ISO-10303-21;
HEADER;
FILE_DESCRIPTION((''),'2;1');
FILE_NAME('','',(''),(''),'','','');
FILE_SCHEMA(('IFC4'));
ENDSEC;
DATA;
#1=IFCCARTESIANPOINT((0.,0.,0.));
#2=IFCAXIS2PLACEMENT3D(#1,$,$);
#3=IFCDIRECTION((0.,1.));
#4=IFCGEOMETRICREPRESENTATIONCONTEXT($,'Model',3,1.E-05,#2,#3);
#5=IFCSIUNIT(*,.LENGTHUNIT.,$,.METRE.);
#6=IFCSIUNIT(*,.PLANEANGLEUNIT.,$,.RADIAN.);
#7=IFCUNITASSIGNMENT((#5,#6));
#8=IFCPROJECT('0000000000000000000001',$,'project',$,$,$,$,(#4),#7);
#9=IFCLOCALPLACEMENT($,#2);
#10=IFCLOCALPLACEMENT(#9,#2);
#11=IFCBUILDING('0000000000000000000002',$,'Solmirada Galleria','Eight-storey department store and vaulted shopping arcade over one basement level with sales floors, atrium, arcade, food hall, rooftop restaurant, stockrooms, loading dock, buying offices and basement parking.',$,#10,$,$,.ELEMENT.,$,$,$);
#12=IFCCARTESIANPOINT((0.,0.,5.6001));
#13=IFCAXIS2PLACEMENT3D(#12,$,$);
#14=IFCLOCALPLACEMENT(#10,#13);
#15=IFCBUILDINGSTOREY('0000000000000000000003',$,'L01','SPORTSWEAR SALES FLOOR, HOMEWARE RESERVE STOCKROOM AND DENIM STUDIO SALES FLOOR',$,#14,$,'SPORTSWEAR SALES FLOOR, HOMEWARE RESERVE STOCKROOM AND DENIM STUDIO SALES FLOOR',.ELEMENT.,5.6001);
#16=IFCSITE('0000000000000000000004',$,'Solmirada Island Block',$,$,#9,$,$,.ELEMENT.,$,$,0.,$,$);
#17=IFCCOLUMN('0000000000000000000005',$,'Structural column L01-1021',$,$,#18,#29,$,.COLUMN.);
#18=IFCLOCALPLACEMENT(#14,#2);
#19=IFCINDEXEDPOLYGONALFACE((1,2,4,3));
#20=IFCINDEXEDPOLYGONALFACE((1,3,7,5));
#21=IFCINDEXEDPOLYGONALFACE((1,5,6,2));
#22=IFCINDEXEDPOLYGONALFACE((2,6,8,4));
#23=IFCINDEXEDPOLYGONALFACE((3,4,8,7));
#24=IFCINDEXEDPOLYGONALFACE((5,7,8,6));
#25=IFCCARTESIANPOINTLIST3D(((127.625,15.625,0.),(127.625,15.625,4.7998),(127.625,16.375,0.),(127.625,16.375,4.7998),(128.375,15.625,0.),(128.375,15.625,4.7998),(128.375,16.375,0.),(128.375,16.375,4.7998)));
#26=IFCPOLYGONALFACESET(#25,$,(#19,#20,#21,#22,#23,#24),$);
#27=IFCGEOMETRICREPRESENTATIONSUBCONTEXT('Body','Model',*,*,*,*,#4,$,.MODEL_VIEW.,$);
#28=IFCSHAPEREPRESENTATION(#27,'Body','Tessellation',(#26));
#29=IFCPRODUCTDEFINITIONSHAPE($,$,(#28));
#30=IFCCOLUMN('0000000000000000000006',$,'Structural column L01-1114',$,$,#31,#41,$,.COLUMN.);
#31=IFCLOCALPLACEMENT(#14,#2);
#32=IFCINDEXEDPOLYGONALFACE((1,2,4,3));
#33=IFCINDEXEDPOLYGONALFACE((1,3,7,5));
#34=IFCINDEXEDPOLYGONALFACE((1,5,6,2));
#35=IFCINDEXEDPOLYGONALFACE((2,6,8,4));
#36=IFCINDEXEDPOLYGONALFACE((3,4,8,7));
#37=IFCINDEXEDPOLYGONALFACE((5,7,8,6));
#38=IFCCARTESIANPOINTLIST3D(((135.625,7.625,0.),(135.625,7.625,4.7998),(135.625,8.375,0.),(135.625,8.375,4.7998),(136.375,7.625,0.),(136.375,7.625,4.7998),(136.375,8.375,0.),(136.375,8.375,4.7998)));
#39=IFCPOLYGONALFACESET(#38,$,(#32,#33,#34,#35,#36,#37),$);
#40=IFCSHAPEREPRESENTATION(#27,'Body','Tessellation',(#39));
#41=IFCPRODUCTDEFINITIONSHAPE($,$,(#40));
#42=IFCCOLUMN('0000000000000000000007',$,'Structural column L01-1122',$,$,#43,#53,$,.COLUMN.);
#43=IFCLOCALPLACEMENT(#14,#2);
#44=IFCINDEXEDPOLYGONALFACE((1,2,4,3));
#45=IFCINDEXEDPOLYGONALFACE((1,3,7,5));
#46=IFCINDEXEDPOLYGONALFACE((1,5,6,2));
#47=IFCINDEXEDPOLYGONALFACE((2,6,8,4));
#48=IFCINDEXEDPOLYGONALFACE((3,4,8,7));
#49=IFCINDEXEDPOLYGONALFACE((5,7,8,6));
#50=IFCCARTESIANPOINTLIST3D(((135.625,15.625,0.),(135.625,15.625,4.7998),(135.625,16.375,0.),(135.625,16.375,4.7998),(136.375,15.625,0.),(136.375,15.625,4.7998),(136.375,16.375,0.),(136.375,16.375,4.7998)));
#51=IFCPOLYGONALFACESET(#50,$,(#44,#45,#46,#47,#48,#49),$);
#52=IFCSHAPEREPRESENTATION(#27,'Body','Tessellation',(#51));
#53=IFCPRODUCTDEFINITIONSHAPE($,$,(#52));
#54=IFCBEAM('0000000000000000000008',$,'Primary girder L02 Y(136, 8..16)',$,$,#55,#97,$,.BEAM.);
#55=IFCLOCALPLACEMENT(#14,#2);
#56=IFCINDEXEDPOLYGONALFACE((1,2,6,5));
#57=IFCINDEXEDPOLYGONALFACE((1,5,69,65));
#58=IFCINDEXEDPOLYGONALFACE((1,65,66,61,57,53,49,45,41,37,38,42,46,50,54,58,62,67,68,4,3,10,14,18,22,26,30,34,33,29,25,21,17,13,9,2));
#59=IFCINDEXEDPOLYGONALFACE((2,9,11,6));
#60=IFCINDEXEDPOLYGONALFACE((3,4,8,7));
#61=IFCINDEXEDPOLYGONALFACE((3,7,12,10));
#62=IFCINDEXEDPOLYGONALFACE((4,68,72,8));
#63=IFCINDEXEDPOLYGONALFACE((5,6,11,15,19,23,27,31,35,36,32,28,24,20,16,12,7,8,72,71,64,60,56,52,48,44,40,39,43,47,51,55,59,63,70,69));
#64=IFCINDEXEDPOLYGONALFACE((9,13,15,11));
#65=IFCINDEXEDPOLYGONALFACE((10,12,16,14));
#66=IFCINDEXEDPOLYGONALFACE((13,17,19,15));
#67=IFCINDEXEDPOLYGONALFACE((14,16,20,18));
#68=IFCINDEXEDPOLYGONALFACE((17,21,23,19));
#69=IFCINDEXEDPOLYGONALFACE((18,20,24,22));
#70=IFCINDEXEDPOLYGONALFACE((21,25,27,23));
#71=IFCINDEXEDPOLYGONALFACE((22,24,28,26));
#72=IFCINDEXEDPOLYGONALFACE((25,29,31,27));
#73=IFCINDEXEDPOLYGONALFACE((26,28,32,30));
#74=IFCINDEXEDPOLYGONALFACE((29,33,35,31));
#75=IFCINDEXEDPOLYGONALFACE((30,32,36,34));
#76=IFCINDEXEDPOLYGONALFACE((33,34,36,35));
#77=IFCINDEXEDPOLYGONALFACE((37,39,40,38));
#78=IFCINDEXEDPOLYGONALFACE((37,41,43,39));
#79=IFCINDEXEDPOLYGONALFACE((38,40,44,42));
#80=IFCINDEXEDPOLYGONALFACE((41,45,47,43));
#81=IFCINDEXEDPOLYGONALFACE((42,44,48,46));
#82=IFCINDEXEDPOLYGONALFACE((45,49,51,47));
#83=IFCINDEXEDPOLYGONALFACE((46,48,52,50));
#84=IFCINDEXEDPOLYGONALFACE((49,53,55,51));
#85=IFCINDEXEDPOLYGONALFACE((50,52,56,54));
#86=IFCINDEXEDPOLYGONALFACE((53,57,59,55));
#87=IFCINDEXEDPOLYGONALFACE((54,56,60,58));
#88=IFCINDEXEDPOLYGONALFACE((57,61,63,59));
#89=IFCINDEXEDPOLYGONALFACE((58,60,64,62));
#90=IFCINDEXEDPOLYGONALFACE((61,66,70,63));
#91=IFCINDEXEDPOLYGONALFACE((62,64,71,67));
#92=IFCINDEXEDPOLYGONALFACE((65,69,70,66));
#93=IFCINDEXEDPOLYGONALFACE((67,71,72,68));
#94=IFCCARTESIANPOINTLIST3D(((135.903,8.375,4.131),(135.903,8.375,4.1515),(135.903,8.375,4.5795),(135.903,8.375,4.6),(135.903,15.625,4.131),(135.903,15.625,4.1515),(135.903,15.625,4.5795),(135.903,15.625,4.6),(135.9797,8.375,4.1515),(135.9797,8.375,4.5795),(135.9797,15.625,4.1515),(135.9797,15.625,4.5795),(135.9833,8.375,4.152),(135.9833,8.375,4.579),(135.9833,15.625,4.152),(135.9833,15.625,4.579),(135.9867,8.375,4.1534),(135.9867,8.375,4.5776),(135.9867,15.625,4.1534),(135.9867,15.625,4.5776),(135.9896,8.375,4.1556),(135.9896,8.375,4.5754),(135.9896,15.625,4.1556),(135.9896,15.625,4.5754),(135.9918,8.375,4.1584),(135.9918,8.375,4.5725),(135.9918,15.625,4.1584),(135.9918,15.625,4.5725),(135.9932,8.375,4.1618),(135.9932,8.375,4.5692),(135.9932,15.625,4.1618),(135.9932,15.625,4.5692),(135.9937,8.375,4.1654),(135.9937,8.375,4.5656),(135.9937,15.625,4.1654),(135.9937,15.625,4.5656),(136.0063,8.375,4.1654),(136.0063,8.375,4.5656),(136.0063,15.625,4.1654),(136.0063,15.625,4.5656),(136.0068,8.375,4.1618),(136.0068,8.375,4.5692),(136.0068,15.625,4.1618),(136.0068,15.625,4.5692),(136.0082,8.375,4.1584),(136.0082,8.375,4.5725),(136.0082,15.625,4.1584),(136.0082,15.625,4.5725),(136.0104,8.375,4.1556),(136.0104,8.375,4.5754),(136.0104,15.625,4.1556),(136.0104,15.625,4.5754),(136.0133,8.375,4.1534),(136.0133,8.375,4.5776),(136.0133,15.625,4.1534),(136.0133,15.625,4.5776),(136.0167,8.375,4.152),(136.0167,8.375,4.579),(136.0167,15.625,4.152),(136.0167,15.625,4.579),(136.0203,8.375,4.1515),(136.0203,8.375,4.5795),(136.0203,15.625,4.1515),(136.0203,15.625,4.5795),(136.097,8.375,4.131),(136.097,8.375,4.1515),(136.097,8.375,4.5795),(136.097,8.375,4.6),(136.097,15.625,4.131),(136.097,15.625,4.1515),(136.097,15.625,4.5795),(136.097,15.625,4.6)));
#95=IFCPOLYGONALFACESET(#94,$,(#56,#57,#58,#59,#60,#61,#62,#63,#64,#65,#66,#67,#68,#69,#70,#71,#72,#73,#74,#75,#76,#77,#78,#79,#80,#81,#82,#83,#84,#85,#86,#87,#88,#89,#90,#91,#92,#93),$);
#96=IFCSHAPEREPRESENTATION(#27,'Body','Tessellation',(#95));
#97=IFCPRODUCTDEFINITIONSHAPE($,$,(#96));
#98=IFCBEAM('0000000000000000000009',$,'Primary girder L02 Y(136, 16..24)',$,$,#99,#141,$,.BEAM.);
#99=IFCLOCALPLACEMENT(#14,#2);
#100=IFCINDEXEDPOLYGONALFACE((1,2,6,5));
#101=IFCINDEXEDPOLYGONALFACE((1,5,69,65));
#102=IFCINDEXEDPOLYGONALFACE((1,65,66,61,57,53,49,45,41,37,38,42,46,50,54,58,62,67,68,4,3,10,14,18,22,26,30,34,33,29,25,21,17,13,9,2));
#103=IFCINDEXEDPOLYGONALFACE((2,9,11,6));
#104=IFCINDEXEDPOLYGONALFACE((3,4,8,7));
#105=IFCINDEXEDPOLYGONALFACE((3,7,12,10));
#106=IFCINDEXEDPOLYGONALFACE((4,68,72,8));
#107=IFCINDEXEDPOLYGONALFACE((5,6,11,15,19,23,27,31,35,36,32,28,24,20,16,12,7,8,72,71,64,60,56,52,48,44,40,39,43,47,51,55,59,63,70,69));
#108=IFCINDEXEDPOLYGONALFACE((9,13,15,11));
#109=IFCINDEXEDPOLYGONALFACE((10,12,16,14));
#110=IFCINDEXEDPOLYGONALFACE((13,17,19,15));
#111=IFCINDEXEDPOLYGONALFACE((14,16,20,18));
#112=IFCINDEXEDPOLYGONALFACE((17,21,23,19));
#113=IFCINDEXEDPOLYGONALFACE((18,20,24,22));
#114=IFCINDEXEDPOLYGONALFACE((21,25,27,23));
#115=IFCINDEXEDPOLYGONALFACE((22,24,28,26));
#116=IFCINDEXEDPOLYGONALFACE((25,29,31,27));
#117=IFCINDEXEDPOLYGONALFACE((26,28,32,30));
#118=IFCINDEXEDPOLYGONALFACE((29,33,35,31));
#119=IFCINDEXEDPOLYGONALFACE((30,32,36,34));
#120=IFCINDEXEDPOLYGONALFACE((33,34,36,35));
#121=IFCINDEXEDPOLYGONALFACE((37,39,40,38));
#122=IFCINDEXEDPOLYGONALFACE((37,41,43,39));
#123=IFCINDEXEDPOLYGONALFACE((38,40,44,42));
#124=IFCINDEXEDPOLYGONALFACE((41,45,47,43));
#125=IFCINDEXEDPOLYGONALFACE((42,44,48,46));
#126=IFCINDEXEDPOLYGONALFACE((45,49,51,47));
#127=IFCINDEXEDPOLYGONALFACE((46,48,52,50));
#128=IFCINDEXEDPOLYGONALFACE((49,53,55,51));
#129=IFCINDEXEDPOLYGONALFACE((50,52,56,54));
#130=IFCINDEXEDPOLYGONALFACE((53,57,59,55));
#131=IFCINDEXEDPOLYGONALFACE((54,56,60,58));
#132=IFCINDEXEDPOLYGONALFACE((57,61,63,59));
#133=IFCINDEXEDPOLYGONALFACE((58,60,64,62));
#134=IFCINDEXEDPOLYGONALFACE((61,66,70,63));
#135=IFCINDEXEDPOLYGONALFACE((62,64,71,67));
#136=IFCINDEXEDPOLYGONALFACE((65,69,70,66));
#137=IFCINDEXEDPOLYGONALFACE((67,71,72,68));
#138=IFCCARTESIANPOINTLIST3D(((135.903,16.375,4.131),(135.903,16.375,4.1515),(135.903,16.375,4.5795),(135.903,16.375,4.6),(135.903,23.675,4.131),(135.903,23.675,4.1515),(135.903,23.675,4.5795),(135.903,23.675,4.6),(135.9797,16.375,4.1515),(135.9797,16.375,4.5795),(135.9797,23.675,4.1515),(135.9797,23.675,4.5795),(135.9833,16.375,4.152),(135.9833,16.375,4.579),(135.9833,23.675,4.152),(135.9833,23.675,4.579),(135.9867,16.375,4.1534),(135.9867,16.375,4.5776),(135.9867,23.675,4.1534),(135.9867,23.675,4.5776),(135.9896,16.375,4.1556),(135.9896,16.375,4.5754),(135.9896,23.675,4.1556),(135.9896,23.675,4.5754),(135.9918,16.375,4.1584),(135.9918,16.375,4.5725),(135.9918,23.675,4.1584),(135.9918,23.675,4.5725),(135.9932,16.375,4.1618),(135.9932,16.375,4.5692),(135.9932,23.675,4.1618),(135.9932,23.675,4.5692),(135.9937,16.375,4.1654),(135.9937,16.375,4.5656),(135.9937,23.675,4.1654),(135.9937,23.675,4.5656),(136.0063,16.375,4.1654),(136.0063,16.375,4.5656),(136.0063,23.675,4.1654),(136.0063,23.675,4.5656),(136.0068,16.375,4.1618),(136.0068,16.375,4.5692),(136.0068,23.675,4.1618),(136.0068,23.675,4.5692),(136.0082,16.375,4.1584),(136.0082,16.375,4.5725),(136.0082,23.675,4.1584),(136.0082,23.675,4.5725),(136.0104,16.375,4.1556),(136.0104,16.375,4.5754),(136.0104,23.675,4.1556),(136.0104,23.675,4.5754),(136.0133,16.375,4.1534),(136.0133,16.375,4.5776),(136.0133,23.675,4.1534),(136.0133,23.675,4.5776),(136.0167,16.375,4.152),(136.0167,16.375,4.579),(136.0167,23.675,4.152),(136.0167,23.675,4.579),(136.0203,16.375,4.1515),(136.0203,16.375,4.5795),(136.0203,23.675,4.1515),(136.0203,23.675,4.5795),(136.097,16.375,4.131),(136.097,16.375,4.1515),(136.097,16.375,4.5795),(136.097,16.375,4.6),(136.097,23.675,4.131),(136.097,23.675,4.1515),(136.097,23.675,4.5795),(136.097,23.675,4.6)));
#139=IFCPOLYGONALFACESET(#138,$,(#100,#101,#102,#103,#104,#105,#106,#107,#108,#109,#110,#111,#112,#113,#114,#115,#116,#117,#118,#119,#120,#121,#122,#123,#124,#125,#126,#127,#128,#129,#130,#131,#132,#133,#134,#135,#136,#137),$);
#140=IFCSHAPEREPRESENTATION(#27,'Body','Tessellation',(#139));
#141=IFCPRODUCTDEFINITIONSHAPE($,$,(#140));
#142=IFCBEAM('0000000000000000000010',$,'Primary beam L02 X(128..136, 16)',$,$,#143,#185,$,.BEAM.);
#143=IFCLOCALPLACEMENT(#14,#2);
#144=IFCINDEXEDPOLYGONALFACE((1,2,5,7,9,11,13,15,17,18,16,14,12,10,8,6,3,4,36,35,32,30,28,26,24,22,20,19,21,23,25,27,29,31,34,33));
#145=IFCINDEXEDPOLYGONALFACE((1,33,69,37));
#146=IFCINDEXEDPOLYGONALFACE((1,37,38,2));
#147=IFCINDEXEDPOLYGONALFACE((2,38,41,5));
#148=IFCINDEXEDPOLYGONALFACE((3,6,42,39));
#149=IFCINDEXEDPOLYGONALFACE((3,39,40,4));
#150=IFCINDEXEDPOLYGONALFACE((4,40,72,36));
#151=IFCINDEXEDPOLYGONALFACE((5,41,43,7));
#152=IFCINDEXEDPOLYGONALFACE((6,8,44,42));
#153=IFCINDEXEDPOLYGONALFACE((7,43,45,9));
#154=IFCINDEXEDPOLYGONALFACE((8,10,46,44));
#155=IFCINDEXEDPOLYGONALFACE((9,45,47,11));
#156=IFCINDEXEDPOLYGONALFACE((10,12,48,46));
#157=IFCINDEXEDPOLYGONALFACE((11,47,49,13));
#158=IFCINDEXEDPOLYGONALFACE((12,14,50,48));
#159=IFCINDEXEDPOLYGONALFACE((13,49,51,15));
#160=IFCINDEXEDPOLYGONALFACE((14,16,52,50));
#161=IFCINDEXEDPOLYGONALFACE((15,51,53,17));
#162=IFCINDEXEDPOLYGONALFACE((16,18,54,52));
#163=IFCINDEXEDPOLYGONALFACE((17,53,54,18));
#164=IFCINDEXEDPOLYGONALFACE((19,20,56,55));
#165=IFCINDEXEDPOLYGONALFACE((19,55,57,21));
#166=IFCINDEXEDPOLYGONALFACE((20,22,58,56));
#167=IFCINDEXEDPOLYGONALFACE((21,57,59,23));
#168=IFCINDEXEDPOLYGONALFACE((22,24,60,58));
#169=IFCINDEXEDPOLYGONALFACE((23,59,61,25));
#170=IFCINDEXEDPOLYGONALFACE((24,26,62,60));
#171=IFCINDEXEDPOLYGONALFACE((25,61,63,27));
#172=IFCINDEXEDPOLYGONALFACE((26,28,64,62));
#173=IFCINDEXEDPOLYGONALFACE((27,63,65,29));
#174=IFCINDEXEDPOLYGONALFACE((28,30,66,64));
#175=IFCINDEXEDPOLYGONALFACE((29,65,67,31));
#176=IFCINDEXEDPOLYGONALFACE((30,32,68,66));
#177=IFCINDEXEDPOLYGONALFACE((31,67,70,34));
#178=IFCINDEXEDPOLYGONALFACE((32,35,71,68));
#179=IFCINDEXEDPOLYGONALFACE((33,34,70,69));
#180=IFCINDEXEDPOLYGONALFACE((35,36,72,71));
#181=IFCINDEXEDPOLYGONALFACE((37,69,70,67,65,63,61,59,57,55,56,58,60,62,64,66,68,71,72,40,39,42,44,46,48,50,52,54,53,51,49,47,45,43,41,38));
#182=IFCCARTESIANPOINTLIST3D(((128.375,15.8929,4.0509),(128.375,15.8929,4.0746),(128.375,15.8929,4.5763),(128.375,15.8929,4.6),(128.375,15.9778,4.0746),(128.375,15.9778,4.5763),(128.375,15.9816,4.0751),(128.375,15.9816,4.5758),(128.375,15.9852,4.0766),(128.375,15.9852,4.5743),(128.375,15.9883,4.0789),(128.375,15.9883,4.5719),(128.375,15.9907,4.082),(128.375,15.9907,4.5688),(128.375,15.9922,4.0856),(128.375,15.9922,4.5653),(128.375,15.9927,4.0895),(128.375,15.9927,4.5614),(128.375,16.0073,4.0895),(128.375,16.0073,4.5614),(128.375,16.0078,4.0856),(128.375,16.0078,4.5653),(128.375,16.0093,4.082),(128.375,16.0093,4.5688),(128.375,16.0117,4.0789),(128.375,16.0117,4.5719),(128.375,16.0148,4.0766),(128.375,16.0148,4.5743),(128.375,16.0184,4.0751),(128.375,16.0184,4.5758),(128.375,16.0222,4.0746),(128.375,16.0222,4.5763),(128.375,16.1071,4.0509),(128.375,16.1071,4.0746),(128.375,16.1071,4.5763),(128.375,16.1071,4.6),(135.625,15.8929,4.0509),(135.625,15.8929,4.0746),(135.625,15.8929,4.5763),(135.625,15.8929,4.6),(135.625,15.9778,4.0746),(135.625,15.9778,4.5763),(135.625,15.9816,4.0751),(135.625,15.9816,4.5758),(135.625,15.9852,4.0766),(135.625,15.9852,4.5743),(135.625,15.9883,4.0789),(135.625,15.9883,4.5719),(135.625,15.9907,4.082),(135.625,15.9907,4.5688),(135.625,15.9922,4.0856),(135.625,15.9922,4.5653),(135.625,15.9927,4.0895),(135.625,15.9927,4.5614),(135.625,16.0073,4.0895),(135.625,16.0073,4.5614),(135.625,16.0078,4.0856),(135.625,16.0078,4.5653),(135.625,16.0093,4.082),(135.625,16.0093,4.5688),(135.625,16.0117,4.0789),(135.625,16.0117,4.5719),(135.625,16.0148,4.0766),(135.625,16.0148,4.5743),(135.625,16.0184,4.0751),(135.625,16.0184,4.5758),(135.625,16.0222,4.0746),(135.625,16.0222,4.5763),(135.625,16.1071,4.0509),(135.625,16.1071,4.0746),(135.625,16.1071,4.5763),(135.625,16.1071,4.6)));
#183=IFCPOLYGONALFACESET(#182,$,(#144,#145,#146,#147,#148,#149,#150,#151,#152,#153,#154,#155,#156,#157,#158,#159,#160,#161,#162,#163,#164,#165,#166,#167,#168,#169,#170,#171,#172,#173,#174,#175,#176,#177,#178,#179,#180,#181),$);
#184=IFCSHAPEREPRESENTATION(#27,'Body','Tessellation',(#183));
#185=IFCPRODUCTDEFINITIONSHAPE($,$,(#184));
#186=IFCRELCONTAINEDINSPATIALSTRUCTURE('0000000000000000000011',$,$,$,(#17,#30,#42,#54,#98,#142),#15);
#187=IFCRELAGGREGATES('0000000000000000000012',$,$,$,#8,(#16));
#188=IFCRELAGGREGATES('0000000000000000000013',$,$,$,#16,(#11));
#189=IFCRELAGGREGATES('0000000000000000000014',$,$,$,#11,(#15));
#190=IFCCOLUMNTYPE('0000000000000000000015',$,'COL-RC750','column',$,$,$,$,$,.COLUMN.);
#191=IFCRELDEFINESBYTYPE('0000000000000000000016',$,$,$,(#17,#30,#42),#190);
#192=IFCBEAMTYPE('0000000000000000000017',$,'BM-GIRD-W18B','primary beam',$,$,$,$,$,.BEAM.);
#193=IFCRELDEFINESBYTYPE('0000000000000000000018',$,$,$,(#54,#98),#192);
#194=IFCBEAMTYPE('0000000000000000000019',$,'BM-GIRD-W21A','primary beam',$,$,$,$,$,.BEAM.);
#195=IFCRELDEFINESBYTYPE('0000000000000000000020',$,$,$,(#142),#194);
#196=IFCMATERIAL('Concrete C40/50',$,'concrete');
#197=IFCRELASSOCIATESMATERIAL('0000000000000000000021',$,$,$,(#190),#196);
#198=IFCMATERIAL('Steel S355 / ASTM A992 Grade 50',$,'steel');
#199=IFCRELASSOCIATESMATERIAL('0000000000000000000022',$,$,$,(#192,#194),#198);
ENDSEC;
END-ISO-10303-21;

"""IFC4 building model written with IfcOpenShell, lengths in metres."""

from ifc_helpers import new_model, si_unit, direction, frame, origin, origin_2d, place, context, subcontext, project, spatial, rectangle, i_section, extrude, material, material_profile, profile_set, type_object, element, save


model = new_model("IFC4")

# Units and contexts
model_context = context("Model", 3, precision=1e-05, world=origin(), true_north=direction((0.0, 1.0)))
body_context = subcontext(model_context, "Body", "Model", "MODEL_VIEW")
ifc_project = project(units=[si_unit("LENGTHUNIT", "METRE"), si_unit("PLANEANGLEUNIT", "RADIAN")], contexts=[model_context])

# Site, building, storey
site_placement = place(None, origin())
site = spatial("IfcSite", under=ifc_project, at=site_placement, Name="Solmirada Island Block", CompositionType="ELEMENT", RefElevation=0.0)
building_placement = place(site_placement, origin())
building = spatial("IfcBuilding", under=site, at=building_placement, Name="Solmirada Galleria", Description="Eight-storey department store and vaulted shopping arcade over one basement level with sales floors, atrium, arcade, food hall, rooftop restaurant, stockrooms, loading dock, buying offices and basement parking.", CompositionType="ELEMENT")
storey_placement = place(building_placement, frame((0.0, 0.0, 5.6001)))
storey = spatial("IfcBuildingStorey", under=building, at=storey_placement, Name="L01", Description="SPORTSWEAR SALES FLOOR, HOMEWARE RESERVE STOCKROOM AND DENIM STUDIO SALES FLOOR", LongName="SPORTSWEAR SALES FLOOR, HOMEWARE RESERVE STOCKROOM AND DENIM STUDIO SALES FLOOR", CompositionType="ELEMENT", Elevation=5.6001)

# Columns
ifc_material_1 = material(Name="Concrete C40/50", Category="concrete")
ifc_material_profile_1 = material_profile(ifc_material_1, rectangle(XDim=0.75, YDim=0.75, at=origin_2d()), Name="RC750X750")
ifc_profile_set_1 = profile_set([ifc_material_profile_1], Name="Concrete C40/50")
column_type = type_object("IfcColumnType", Name="COL-RC750", Description="column", PredefinedType="COLUMN", material=ifc_profile_set_1)
for number, where, z_axis, x_axis, name in (
    (1, (128.0, 16.0, 0.0), (0.0, 0.0, 1.0), (1.0, 0.0, 0.0), "Structural column L01-1021"),
    (2, (136.0, 8.0, 0.0), (0.0, 0.0, 1.0), (1.0, 0.0, 0.0), "Structural column L01-1114"),
    (3, (136.0, 16.0, 0.0), (0.0, 0.0, 1.0), (1.0, 0.0, 0.0), "Structural column L01-1122"),
):
    element("IfcColumn", number, at=place(storey_placement, frame(where, z_axis=z_axis, x_axis=x_axis)), inside=storey, type_object=column_type, Name=name, PredefinedType="COLUMN", context=body_context, shape_type="SweptSolid", body=[
        extrude(rectangle(XDim=0.75, YDim=0.75, at=origin_2d()), origin(), (0.0, 0.0, 1.0), 4.7998),
    ])

# Beams
ifc_material_2 = material(Name="Steel S355 / ASTM A992 Grade 50", Category="steel")
ifc_material_profile_2 = material_profile(ifc_material_2, i_section(OverallWidth=0.1941, OverallDepth=0.469, WebThickness=0.0127, FlangeThickness=0.0205, FilletRadius=0.0139, at=origin_2d()), Name="W18X71")
ifc_profile_set_2 = profile_set([ifc_material_profile_2], Name="Steel S355 / ASTM A992 Grade 50")
beam_type_1 = type_object("IfcBeamType", Name="BM-GIRD-W18B", Description="primary beam", PredefinedType="BEAM", material=ifc_profile_set_2)
beam_1_placement = place(storey_placement, frame((136.0, 8.375, 4.3655), z_axis=(0.0, 1.0, 0.0), x_axis=(-1.0, 0.0, 0.0)))
element("IfcBeam", 4, at=beam_1_placement, inside=storey, type_object=beam_type_1, Name="Primary girder L02 Y(136, 8..16)", PredefinedType="BEAM", context=body_context, shape_type="SweptSolid", body=[
    extrude(i_section(OverallWidth=0.1941, OverallDepth=0.469, WebThickness=0.0127, FlangeThickness=0.0205, FilletRadius=0.0139, at=origin_2d()), origin(), (0.0, 0.0, 1.0), 7.25),
])
beam_2_placement = place(storey_placement, frame((136.0, 16.375, 4.3655), z_axis=(0.0, 1.0, 0.0), x_axis=(-1.0, 0.0, 0.0)))
element("IfcBeam", 5, at=beam_2_placement, inside=storey, type_object=beam_type_1, Name="Primary girder L02 Y(136, 16..24)", PredefinedType="BEAM", context=body_context, shape_type="SweptSolid", body=[
    extrude(i_section(OverallWidth=0.1941, OverallDepth=0.469, WebThickness=0.0127, FlangeThickness=0.0205, FilletRadius=0.0139, at=origin_2d()), origin(), (0.0, 0.0, 1.0), 7.3),
])
ifc_material_profile_3 = material_profile(ifc_material_2, i_section(OverallWidth=0.2141, OverallDepth=0.5491, WebThickness=0.0146, FlangeThickness=0.0237, FilletRadius=0.0149, at=origin_2d()), Name="W21X93")
ifc_profile_set_3 = profile_set([ifc_material_profile_3], Name="Steel S355 / ASTM A992 Grade 50")
beam_type_2 = type_object("IfcBeamType", Name="BM-GIRD-W21A", Description="primary beam", PredefinedType="BEAM", material=ifc_profile_set_3)
beam_3_placement = place(storey_placement, frame((128.375, 16.0, 4.3254), z_axis=(1.0, 0.0, 0.0), x_axis=(0.0, 1.0, 0.0)))
element("IfcBeam", 6, at=beam_3_placement, inside=storey, type_object=beam_type_2, Name="Primary beam L02 X(128..136, 16)", PredefinedType="BEAM", context=body_context, shape_type="SweptSolid", body=[
    extrude(i_section(OverallWidth=0.2141, OverallDepth=0.5491, WebThickness=0.0146, FlangeThickness=0.0237, FilletRadius=0.0149, at=origin_2d()), origin(), (0.0, 0.0, 1.0), 7.25),
])

save(model, "model.ifc")
